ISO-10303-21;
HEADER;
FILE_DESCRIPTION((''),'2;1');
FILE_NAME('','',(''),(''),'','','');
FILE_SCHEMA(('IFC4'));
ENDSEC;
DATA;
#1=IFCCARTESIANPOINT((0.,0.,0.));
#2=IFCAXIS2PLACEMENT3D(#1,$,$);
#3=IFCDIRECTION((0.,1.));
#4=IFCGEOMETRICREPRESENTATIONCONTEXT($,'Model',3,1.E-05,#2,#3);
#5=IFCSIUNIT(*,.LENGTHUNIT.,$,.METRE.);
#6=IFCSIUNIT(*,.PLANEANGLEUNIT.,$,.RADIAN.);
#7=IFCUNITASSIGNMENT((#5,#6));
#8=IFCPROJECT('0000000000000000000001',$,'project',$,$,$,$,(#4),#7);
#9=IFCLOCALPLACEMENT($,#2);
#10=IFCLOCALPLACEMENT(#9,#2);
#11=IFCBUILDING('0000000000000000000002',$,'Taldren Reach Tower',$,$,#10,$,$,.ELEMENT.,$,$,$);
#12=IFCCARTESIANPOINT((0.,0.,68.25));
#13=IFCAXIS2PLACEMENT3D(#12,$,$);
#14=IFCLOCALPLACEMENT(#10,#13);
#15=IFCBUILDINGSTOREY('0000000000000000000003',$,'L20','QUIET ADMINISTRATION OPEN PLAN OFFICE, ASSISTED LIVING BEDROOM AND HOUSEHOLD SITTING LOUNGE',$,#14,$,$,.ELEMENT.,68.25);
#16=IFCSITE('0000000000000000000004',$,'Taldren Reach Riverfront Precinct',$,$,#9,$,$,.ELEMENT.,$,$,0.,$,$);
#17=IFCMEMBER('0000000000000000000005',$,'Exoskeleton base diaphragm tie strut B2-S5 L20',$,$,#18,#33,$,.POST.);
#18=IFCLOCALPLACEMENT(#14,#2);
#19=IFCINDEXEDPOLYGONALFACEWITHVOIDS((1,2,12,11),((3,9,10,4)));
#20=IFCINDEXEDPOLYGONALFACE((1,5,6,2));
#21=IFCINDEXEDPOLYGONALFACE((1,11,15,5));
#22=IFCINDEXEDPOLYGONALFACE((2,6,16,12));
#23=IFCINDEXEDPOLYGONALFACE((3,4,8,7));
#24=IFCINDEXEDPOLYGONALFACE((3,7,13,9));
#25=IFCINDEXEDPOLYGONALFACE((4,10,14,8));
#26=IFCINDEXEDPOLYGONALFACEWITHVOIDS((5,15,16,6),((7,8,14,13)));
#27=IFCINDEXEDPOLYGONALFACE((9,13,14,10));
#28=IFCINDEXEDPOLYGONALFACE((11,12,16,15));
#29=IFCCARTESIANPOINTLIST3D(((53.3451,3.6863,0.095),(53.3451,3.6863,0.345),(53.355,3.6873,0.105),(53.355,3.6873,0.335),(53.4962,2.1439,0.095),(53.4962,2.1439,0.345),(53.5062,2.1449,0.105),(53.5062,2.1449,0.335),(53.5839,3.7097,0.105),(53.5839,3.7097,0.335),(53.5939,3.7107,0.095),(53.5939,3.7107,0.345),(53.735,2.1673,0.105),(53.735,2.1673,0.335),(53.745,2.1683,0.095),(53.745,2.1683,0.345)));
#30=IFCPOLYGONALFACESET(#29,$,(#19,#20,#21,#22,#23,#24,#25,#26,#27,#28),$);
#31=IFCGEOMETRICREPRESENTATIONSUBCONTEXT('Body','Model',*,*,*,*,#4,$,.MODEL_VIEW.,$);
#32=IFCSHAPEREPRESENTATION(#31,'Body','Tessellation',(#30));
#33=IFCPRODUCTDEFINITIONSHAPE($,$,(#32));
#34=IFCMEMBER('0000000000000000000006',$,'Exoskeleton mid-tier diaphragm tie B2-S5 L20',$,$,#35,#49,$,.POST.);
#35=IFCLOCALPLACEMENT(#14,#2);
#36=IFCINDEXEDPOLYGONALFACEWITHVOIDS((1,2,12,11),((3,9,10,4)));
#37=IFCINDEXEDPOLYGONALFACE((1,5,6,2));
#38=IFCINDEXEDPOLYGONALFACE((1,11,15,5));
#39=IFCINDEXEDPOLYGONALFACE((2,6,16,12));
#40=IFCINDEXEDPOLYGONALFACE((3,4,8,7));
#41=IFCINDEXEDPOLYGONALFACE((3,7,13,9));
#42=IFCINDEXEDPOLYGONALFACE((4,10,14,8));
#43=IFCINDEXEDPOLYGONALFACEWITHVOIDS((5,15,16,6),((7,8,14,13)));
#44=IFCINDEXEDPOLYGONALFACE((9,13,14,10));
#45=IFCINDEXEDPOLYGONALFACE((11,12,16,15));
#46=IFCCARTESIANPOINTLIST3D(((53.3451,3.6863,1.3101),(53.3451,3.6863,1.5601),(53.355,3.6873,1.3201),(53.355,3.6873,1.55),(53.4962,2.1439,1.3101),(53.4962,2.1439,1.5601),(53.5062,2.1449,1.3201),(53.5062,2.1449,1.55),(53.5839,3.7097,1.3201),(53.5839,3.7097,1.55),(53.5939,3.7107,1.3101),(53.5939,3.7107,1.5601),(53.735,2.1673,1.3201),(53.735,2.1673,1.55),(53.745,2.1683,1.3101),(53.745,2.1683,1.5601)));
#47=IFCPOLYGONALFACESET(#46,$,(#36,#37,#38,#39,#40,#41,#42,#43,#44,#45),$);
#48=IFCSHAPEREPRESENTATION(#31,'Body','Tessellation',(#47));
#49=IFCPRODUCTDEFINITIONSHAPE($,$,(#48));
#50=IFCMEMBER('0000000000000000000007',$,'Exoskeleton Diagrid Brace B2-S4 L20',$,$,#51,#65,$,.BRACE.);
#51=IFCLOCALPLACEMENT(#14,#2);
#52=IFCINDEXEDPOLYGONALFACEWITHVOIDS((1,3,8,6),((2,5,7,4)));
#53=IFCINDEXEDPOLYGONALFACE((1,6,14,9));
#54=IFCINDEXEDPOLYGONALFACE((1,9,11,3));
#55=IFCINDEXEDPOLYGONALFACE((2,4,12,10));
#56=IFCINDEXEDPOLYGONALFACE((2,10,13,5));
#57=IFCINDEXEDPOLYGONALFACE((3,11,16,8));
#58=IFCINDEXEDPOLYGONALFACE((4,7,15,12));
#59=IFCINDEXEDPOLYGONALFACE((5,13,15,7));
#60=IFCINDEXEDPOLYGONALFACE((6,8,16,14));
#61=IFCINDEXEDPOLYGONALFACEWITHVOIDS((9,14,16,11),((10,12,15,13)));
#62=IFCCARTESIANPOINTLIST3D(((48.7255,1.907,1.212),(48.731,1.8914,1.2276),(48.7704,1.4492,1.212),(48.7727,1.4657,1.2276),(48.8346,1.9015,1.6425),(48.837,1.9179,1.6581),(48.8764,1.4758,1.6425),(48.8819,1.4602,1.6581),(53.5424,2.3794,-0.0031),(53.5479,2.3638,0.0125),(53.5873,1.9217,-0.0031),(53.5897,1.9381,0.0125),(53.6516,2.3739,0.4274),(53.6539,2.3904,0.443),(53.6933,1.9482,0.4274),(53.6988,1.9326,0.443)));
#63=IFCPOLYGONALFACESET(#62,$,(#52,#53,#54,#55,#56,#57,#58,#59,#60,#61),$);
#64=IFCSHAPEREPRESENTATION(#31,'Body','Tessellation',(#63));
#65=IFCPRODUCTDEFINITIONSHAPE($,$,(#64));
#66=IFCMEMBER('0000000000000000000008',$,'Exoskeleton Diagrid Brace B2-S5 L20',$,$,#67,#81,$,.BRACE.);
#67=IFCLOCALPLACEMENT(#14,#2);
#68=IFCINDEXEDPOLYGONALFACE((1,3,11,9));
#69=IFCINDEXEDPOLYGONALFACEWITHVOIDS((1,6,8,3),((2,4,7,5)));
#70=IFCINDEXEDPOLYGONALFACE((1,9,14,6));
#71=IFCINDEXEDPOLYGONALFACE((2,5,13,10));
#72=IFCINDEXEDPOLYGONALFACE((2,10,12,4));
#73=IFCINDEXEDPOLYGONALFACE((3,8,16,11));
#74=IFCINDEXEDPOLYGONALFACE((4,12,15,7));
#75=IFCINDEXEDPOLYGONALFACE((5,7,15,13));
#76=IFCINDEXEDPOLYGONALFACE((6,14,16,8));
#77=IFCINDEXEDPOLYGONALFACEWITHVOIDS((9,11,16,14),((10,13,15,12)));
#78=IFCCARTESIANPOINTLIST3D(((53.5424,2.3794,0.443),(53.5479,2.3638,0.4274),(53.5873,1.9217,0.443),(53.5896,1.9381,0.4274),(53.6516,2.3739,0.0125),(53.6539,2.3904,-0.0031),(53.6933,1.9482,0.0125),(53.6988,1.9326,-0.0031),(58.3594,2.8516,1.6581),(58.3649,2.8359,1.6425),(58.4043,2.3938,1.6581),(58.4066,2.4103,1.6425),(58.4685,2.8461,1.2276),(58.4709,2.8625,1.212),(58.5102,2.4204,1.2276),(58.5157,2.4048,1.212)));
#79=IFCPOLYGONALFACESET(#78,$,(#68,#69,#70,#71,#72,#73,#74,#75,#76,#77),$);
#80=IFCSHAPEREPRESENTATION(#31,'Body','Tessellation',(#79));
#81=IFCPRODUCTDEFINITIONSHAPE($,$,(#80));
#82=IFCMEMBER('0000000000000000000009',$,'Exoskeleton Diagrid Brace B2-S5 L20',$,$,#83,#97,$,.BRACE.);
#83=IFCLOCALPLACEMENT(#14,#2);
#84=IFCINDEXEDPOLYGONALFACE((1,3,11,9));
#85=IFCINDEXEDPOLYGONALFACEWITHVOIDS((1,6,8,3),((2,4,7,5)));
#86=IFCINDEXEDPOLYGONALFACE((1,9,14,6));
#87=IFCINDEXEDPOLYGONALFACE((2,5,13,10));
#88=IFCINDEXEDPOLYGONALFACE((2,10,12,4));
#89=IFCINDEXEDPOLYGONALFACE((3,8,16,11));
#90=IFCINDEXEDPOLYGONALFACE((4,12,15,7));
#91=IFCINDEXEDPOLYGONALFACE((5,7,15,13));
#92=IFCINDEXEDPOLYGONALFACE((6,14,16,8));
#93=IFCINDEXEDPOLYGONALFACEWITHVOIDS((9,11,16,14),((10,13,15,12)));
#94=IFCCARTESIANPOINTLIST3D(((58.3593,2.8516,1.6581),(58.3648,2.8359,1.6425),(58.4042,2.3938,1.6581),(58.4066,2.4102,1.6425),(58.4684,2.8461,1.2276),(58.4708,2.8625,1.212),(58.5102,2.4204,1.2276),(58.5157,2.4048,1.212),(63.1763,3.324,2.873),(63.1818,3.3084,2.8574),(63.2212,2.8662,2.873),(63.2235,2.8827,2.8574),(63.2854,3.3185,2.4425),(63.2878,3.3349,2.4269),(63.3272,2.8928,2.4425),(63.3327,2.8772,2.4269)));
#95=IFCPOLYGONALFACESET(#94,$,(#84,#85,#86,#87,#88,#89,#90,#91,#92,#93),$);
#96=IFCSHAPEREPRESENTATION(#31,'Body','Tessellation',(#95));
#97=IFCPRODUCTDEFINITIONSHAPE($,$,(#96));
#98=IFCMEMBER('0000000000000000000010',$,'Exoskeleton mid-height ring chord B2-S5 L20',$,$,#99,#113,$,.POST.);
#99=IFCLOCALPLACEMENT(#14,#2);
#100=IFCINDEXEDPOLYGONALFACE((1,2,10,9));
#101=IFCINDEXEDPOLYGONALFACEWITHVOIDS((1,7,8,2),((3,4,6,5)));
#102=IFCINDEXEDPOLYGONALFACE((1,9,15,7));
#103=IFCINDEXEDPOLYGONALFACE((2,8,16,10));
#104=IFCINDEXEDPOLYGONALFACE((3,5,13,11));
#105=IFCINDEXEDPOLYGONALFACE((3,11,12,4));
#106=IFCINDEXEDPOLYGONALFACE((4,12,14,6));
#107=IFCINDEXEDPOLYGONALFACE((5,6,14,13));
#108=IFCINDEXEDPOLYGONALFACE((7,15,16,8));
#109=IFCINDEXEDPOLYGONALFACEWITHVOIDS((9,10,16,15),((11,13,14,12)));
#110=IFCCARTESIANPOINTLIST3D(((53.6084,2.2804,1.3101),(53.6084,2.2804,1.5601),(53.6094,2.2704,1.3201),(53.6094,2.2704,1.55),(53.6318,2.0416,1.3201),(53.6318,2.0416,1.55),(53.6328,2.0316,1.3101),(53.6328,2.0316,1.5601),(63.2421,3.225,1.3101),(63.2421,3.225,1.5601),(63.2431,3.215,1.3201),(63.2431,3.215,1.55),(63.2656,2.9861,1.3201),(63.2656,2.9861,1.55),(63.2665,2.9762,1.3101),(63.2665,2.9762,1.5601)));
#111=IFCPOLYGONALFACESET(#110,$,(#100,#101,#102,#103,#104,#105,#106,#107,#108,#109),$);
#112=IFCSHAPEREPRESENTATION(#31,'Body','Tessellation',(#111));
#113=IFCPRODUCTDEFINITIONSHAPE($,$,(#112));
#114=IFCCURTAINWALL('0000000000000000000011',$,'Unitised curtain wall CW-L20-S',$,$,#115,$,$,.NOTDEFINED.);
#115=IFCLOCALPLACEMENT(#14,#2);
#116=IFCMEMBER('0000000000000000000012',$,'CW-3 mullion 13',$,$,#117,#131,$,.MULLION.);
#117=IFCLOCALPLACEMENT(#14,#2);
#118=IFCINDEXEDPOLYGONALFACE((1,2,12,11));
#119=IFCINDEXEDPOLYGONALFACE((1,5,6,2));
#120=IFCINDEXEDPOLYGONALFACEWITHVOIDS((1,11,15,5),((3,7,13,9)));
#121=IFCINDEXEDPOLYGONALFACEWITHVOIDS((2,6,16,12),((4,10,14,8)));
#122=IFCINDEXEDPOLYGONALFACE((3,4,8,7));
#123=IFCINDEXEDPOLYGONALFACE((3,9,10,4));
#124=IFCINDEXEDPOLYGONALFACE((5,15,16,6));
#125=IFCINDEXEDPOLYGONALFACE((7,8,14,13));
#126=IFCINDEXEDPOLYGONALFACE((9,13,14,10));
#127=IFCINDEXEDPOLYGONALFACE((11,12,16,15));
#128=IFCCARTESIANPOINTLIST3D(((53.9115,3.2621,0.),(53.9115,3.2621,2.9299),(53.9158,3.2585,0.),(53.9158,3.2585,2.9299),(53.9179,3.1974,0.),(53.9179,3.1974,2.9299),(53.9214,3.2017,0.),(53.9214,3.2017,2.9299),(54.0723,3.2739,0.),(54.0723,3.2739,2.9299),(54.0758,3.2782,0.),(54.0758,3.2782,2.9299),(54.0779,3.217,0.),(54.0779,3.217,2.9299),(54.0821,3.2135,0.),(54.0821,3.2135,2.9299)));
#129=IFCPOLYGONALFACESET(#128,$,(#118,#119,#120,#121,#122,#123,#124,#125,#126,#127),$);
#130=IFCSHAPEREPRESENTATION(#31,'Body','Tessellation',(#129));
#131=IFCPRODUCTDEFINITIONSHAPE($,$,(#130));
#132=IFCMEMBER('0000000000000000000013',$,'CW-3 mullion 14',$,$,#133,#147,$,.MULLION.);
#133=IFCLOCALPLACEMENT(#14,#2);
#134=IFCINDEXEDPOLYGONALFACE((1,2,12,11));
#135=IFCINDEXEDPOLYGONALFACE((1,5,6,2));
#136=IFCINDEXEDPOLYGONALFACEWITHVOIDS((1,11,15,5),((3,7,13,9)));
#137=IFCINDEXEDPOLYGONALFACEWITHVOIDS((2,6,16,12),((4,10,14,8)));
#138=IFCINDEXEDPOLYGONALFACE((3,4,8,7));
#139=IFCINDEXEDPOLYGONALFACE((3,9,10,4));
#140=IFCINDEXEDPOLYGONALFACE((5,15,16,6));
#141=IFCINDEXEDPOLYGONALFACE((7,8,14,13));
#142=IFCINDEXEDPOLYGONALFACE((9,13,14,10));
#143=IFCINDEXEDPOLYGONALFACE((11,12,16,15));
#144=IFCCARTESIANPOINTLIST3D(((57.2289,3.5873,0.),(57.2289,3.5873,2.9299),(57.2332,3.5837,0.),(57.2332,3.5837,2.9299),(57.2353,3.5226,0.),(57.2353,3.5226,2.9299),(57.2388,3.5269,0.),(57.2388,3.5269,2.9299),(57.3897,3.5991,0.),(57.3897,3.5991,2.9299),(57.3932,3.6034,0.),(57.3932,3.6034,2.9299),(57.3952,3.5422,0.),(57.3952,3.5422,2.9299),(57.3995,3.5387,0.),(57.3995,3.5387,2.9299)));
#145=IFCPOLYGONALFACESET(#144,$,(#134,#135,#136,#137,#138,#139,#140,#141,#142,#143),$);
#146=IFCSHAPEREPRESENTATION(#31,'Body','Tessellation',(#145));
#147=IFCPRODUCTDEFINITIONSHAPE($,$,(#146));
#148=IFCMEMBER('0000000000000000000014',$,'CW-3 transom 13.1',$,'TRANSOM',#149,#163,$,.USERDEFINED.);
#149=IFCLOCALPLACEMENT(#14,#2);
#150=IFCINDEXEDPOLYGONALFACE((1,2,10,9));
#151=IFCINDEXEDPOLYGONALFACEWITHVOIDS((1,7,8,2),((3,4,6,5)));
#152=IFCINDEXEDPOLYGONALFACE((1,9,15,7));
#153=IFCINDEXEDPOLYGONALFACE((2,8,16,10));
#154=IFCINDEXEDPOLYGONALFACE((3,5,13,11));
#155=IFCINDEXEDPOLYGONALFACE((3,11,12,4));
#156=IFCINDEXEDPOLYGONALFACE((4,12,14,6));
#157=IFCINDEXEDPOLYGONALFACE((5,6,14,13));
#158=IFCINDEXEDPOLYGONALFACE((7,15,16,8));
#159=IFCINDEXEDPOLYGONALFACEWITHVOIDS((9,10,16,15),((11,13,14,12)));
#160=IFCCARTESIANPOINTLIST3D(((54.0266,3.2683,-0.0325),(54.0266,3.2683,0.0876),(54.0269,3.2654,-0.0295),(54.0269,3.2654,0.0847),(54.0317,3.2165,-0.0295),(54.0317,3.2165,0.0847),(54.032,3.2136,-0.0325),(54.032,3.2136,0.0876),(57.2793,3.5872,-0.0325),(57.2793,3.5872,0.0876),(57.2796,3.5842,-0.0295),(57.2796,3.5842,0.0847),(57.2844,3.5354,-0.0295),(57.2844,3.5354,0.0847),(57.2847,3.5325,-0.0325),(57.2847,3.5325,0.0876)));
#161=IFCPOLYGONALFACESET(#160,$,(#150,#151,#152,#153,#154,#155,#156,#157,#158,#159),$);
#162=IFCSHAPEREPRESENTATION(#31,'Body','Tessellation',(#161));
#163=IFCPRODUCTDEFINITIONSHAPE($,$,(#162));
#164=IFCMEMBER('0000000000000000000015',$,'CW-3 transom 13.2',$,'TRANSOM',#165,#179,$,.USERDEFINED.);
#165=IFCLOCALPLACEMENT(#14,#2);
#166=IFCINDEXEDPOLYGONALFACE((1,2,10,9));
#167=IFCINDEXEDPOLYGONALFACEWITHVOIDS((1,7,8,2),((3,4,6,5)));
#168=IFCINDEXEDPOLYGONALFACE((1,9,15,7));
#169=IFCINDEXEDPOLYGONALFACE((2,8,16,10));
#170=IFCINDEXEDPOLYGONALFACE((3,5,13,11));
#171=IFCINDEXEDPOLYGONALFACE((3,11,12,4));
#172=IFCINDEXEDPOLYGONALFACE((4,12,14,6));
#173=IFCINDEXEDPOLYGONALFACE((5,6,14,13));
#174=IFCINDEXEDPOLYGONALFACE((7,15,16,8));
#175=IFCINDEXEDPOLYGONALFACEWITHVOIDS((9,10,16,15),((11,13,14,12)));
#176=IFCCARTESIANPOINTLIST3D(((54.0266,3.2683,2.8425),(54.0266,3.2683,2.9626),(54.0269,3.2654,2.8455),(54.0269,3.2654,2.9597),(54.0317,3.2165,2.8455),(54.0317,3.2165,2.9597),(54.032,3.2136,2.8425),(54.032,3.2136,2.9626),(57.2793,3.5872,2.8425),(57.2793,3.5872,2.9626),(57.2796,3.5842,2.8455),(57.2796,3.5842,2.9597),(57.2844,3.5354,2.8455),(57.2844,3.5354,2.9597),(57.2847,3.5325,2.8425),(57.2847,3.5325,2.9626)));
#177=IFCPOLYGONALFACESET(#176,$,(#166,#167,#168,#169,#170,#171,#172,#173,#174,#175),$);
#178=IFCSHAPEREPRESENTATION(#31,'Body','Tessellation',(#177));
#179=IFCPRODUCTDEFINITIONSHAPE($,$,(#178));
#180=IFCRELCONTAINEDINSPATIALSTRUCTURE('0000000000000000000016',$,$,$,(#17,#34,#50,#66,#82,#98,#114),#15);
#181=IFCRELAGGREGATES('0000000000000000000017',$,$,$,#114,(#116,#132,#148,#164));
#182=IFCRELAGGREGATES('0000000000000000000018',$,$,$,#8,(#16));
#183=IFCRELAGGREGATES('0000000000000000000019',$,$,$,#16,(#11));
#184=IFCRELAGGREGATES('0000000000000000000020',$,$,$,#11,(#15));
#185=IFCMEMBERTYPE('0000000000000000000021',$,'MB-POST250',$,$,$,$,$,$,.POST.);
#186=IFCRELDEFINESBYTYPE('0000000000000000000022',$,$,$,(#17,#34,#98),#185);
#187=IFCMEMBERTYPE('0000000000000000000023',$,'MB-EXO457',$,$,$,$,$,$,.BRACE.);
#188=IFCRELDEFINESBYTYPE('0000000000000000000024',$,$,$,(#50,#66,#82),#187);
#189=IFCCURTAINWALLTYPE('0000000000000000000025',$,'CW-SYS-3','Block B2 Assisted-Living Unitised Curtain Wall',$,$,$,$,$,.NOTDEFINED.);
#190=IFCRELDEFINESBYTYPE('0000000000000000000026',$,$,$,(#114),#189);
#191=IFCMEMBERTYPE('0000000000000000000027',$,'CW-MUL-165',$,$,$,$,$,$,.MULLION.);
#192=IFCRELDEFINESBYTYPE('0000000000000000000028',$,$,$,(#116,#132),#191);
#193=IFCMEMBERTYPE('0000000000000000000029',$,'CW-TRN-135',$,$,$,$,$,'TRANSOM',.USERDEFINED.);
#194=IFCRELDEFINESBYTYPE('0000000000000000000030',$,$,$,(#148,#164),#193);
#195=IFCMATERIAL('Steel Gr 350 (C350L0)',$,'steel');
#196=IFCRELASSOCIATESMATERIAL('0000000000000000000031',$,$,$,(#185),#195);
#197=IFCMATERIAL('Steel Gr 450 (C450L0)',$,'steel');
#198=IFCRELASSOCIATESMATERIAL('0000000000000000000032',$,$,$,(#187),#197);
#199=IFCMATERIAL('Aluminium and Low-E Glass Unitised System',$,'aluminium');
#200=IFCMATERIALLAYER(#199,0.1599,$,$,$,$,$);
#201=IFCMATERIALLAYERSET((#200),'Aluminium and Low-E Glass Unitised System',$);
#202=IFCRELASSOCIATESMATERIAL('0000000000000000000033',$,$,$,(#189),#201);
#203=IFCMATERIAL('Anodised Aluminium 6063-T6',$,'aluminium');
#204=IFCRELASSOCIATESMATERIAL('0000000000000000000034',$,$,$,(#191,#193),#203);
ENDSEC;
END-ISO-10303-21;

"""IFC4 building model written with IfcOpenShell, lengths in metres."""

from ifc_helpers import new_model, si_unit, direction, frame, origin, origin_2d, place, context, subcontext, project, spatial, hollow_rectangle, extrude, source, transform, mapped, material, layer, layer_set, material_profile, profile_set, type_object, element, aggregate, save


model = new_model("IFC4")

# Units and contexts
model_context = context("Model", 3, precision=1e-05, world=origin(), true_north=direction((0.0, 1.0)))
body_context = subcontext(model_context, "Body", "Model", "MODEL_VIEW")
ifc_project = project(units=[si_unit("LENGTHUNIT", "METRE"), si_unit("PLANEANGLEUNIT", "RADIAN")], contexts=[model_context])

# Site, building, storey
site_placement = place(None, origin())
site = spatial("IfcSite", under=ifc_project, at=site_placement, Name="Taldren Reach Riverfront Precinct", CompositionType="ELEMENT", RefElevation=0.0)
building_placement = place(site_placement, origin())
building = spatial("IfcBuilding", under=site, at=building_placement, Name="Taldren Reach Tower", CompositionType="ELEMENT")
storey_placement = place(building_placement, frame((0.0, 0.0, 68.25)))
storey = spatial("IfcBuildingStorey", under=building, at=storey_placement, Name="L20", Description="QUIET ADMINISTRATION OPEN PLAN OFFICE, ASSISTED LIVING BEDROOM AND HOUSEHOLD SITTING LOUNGE", CompositionType="ELEMENT", Elevation=68.25)

# Members
ifc_material_1 = material(Name="Steel Gr 350 (C350L0)", Category="steel")
ifc_material_profile_1 = material_profile(ifc_material_1, hollow_rectangle(XDim=0.25, YDim=0.25, WallThickness=0.01, at=origin_2d()), Name="250x250x10.0SHS")
ifc_profile_set_1 = profile_set([ifc_material_profile_1], Name="Steel Gr 350 (C350L0)")
member_type_1 = type_object("IfcMemberType", Name="MB-POST250", PredefinedType="POST", material=ifc_profile_set_1)
shared_shape_1 = source(origin(), body_context, "Body", "SweptSolid", [
    extrude(hollow_rectangle(XDim=0.25, YDim=0.25, WallThickness=0.01, at=origin_2d()), origin(), (0.0, 0.0, 1.0), 1.5498),
])
for number, where, z_axis, x_axis, name in (
    (1, (53.4695, 3.6985, 0.22), (0.097507, -0.995235, 0.0), (0.995235, 0.097507, 0.0), "Exoskeleton base diaphragm tie strut B2-S5 L20"),
    (2, (53.4695, 3.6985, 1.4351), (0.097507, -0.995235, 0.0), (0.995235, 0.097507, 0.0), "Exoskeleton mid-tier diaphragm tie B2-S5 L20"),
):
    element("IfcMember", number, at=place(storey_placement, frame(where, z_axis=z_axis, x_axis=x_axis)), inside=storey, type_object=member_type_1, Name=name, PredefinedType="POST", context=body_context, shape_type="MappedRepresentation", body=[
        mapped(shared_shape_1, transform((0.0, 0.0, 0.0), scale=1.0)),
    ])
ifc_material_2 = material(Name="Steel Gr 450 (C450L0)", Category="steel")
ifc_material_profile_2 = material_profile(ifc_material_2, hollow_rectangle(XDim=0.46, YDim=0.46, WallThickness=0.0161, at=origin_2d()), Name="460x460x16.0SHS")
ifc_profile_set_2 = profile_set([ifc_material_profile_2], Name="Steel Gr 450 (C450L0)")
member_type_2 = type_object("IfcMemberType", Name="MB-EXO457", PredefinedType="BRACE", material=ifc_profile_set_2)
shared_shape_2 = source(origin(), body_context, "Body", "SweptSolid", [
    extrude(hollow_rectangle(XDim=0.46, YDim=0.46, WallThickness=0.0161, at=origin_2d()), origin(), (0.0, 0.0, 1.0), 4.9902),
])
for number, where, z_axis, x_axis, name in (
    (3, (53.6206, 2.156, 0.22), (-0.965271, -0.094668, 0.243495), (0.097606, -0.995225, 0.0), "Exoskeleton Diagrid Brace B2-S4 L20"),
    (4, (53.6206, 2.156, 0.22), (0.965276, 0.09462, 0.243496), (-0.097556, 0.99523, 0.0), "Exoskeleton Diagrid Brace B2-S5 L20"),
    (5, (58.4375, 2.6282, 1.4351), (0.965283, 0.094669, 0.243449), (-0.097606, 0.995225, 0.0), "Exoskeleton Diagrid Brace B2-S5 L20"),
):
    element("IfcMember", number, at=place(storey_placement, frame(where, z_axis=z_axis, x_axis=x_axis)), inside=storey, type_object=member_type_2, Name=name, PredefinedType="BRACE", context=body_context, shape_type="MappedRepresentation", body=[
        mapped(shared_shape_2, transform((0.0, 0.0, 0.0), scale=1.0)),
    ])
shared_shape_3 = source(origin(), body_context, "Body", "SweptSolid", [
    extrude(hollow_rectangle(XDim=0.25, YDim=0.25, WallThickness=0.01, at=origin_2d()), origin(), (0.0, 0.0, 1.0), 9.6799),
])
member_1_placement = place(storey_placement, frame((53.6206, 2.156, 1.4351), z_axis=(0.995228, 0.097581, 0.0), x_axis=(-0.097581, 0.995228, 0.0)))
element("IfcMember", 6, at=member_1_placement, inside=storey, type_object=member_type_1, Name="Exoskeleton mid-height ring chord B2-S5 L20", PredefinedType="POST", context=body_context, shape_type="MappedRepresentation", body=[
    mapped(shared_shape_3, transform((0.0, 0.0, 0.0), scale=1.0)),
])

# Curtain wall, members
ifc_material_3 = material(Name="Aluminium and Low-E Glass Unitised System", Category="aluminium")
ifc_layer_1 = layer(ifc_material_3, 0.1599)
ifc_layer_set_1 = layer_set([ifc_layer_1], Name="Aluminium and Low-E Glass Unitised System")
curtain_wall_type = type_object("IfcCurtainWallType", Name="CW-SYS-3", Description="Block B2 Assisted-Living Unitised Curtain Wall", PredefinedType="NOTDEFINED", material=ifc_layer_set_1)
curtain_wall_placement = place(storey_placement, origin())
curtain_wall = element("IfcCurtainWall", 7, at=curtain_wall_placement, inside=storey, type_object=curtain_wall_type, Name="Unitised curtain wall CW-L20-S", PredefinedType="NOTDEFINED")
ifc_material_4 = material(Name="Anodised Aluminium 6063-T6", Category="aluminium")
ifc_material_profile_3 = material_profile(ifc_material_4, hollow_rectangle(XDim=0.0649, YDim=0.165, WallThickness=0.0039, at=origin_2d()), Name="ALU-165x65x4RHS")
ifc_profile_set_3 = profile_set([ifc_material_profile_3], Name="Anodised Aluminium 6063-T6")
member_type_3 = type_object("IfcMemberType", Name="CW-MUL-165", PredefinedType="MULLION", material=ifc_profile_set_3)
shared_shape_4 = source(origin(), body_context, "Body", "SweptSolid", [
    extrude(hollow_rectangle(XDim=0.0649, YDim=0.165, WallThickness=0.0039, at=origin_2d()), origin(), (0.0, 0.0, 1.0), 2.9299),
])
member_2_placement = place(storey_placement, frame((53.9968, 3.2378, 0.0), z_axis=(0.0, 0.0, 1.0), x_axis=(-0.097583, 0.995227, 0.0)))
member_2 = element("IfcMember", 8, at=member_2_placement, type_object=member_type_3, Name="CW-3 mullion 13", PredefinedType="MULLION", context=body_context, shape_type="MappedRepresentation", body=[
    mapped(shared_shape_4, transform((0.0, 0.0, 0.0), scale=1.0)),
])
member_3_placement = place(storey_placement, frame((57.3142, 3.563, 0.0), z_axis=(0.0, 0.0, 1.0), x_axis=(-0.097583, 0.995227, 0.0)))
member_3 = element("IfcMember", 9, at=member_3_placement, type_object=member_type_3, Name="CW-3 mullion 14", PredefinedType="MULLION", context=body_context, shape_type="MappedRepresentation", body=[
    mapped(shared_shape_4, transform((0.0, 0.0, 0.0), scale=1.0)),
])
ifc_material_profile_4 = material_profile(ifc_material_4, hollow_rectangle(XDim=0.0549, YDim=0.1201, WallThickness=0.0029, at=origin_2d()), Name="ALU-120x55x3RHS")
ifc_profile_set_4 = profile_set([ifc_material_profile_4], Name="Anodised Aluminium 6063-T6")
member_type_4 = type_object("IfcMemberType", Name="CW-TRN-135", ElementType="TRANSOM", PredefinedType="USERDEFINED", material=ifc_profile_set_4)
shared_shape_5 = source(origin(), body_context, "Body", "SweptSolid", [
    extrude(hollow_rectangle(XDim=0.0549, YDim=0.1201, WallThickness=0.0029, at=origin_2d()), origin(), (0.0, 0.0, 1.0), 3.2683),
])
member_4_placement = place(storey_placement, frame((54.0293, 3.241, 0.0276), z_axis=(0.99523, 0.097558, 0.0), x_axis=(-0.097558, 0.99523, 0.0)))
member_4 = element("IfcMember", 10, at=member_4_placement, type_object=member_type_4, Name="CW-3 transom 13.1", ObjectType="TRANSOM", PredefinedType="USERDEFINED", context=body_context, shape_type="MappedRepresentation", body=[
    mapped(shared_shape_5, transform((0.0, 0.0, 0.0), scale=1.0)),
])
member_5_placement = place(storey_placement, frame((54.0293, 3.241, 2.9026), z_axis=(0.99523, 0.097558, 0.0), x_axis=(-0.097558, 0.99523, 0.0)))
member_5 = element("IfcMember", 11, at=member_5_placement, type_object=member_type_4, Name="CW-3 transom 13.2", ObjectType="TRANSOM", PredefinedType="USERDEFINED", context=body_context, shape_type="MappedRepresentation", body=[
    mapped(shared_shape_5, transform((0.0, 0.0, 0.0), scale=1.0)),
])

aggregate(curtain_wall, [member_2, member_3, member_4, member_5])

save(model, "model.ifc")
